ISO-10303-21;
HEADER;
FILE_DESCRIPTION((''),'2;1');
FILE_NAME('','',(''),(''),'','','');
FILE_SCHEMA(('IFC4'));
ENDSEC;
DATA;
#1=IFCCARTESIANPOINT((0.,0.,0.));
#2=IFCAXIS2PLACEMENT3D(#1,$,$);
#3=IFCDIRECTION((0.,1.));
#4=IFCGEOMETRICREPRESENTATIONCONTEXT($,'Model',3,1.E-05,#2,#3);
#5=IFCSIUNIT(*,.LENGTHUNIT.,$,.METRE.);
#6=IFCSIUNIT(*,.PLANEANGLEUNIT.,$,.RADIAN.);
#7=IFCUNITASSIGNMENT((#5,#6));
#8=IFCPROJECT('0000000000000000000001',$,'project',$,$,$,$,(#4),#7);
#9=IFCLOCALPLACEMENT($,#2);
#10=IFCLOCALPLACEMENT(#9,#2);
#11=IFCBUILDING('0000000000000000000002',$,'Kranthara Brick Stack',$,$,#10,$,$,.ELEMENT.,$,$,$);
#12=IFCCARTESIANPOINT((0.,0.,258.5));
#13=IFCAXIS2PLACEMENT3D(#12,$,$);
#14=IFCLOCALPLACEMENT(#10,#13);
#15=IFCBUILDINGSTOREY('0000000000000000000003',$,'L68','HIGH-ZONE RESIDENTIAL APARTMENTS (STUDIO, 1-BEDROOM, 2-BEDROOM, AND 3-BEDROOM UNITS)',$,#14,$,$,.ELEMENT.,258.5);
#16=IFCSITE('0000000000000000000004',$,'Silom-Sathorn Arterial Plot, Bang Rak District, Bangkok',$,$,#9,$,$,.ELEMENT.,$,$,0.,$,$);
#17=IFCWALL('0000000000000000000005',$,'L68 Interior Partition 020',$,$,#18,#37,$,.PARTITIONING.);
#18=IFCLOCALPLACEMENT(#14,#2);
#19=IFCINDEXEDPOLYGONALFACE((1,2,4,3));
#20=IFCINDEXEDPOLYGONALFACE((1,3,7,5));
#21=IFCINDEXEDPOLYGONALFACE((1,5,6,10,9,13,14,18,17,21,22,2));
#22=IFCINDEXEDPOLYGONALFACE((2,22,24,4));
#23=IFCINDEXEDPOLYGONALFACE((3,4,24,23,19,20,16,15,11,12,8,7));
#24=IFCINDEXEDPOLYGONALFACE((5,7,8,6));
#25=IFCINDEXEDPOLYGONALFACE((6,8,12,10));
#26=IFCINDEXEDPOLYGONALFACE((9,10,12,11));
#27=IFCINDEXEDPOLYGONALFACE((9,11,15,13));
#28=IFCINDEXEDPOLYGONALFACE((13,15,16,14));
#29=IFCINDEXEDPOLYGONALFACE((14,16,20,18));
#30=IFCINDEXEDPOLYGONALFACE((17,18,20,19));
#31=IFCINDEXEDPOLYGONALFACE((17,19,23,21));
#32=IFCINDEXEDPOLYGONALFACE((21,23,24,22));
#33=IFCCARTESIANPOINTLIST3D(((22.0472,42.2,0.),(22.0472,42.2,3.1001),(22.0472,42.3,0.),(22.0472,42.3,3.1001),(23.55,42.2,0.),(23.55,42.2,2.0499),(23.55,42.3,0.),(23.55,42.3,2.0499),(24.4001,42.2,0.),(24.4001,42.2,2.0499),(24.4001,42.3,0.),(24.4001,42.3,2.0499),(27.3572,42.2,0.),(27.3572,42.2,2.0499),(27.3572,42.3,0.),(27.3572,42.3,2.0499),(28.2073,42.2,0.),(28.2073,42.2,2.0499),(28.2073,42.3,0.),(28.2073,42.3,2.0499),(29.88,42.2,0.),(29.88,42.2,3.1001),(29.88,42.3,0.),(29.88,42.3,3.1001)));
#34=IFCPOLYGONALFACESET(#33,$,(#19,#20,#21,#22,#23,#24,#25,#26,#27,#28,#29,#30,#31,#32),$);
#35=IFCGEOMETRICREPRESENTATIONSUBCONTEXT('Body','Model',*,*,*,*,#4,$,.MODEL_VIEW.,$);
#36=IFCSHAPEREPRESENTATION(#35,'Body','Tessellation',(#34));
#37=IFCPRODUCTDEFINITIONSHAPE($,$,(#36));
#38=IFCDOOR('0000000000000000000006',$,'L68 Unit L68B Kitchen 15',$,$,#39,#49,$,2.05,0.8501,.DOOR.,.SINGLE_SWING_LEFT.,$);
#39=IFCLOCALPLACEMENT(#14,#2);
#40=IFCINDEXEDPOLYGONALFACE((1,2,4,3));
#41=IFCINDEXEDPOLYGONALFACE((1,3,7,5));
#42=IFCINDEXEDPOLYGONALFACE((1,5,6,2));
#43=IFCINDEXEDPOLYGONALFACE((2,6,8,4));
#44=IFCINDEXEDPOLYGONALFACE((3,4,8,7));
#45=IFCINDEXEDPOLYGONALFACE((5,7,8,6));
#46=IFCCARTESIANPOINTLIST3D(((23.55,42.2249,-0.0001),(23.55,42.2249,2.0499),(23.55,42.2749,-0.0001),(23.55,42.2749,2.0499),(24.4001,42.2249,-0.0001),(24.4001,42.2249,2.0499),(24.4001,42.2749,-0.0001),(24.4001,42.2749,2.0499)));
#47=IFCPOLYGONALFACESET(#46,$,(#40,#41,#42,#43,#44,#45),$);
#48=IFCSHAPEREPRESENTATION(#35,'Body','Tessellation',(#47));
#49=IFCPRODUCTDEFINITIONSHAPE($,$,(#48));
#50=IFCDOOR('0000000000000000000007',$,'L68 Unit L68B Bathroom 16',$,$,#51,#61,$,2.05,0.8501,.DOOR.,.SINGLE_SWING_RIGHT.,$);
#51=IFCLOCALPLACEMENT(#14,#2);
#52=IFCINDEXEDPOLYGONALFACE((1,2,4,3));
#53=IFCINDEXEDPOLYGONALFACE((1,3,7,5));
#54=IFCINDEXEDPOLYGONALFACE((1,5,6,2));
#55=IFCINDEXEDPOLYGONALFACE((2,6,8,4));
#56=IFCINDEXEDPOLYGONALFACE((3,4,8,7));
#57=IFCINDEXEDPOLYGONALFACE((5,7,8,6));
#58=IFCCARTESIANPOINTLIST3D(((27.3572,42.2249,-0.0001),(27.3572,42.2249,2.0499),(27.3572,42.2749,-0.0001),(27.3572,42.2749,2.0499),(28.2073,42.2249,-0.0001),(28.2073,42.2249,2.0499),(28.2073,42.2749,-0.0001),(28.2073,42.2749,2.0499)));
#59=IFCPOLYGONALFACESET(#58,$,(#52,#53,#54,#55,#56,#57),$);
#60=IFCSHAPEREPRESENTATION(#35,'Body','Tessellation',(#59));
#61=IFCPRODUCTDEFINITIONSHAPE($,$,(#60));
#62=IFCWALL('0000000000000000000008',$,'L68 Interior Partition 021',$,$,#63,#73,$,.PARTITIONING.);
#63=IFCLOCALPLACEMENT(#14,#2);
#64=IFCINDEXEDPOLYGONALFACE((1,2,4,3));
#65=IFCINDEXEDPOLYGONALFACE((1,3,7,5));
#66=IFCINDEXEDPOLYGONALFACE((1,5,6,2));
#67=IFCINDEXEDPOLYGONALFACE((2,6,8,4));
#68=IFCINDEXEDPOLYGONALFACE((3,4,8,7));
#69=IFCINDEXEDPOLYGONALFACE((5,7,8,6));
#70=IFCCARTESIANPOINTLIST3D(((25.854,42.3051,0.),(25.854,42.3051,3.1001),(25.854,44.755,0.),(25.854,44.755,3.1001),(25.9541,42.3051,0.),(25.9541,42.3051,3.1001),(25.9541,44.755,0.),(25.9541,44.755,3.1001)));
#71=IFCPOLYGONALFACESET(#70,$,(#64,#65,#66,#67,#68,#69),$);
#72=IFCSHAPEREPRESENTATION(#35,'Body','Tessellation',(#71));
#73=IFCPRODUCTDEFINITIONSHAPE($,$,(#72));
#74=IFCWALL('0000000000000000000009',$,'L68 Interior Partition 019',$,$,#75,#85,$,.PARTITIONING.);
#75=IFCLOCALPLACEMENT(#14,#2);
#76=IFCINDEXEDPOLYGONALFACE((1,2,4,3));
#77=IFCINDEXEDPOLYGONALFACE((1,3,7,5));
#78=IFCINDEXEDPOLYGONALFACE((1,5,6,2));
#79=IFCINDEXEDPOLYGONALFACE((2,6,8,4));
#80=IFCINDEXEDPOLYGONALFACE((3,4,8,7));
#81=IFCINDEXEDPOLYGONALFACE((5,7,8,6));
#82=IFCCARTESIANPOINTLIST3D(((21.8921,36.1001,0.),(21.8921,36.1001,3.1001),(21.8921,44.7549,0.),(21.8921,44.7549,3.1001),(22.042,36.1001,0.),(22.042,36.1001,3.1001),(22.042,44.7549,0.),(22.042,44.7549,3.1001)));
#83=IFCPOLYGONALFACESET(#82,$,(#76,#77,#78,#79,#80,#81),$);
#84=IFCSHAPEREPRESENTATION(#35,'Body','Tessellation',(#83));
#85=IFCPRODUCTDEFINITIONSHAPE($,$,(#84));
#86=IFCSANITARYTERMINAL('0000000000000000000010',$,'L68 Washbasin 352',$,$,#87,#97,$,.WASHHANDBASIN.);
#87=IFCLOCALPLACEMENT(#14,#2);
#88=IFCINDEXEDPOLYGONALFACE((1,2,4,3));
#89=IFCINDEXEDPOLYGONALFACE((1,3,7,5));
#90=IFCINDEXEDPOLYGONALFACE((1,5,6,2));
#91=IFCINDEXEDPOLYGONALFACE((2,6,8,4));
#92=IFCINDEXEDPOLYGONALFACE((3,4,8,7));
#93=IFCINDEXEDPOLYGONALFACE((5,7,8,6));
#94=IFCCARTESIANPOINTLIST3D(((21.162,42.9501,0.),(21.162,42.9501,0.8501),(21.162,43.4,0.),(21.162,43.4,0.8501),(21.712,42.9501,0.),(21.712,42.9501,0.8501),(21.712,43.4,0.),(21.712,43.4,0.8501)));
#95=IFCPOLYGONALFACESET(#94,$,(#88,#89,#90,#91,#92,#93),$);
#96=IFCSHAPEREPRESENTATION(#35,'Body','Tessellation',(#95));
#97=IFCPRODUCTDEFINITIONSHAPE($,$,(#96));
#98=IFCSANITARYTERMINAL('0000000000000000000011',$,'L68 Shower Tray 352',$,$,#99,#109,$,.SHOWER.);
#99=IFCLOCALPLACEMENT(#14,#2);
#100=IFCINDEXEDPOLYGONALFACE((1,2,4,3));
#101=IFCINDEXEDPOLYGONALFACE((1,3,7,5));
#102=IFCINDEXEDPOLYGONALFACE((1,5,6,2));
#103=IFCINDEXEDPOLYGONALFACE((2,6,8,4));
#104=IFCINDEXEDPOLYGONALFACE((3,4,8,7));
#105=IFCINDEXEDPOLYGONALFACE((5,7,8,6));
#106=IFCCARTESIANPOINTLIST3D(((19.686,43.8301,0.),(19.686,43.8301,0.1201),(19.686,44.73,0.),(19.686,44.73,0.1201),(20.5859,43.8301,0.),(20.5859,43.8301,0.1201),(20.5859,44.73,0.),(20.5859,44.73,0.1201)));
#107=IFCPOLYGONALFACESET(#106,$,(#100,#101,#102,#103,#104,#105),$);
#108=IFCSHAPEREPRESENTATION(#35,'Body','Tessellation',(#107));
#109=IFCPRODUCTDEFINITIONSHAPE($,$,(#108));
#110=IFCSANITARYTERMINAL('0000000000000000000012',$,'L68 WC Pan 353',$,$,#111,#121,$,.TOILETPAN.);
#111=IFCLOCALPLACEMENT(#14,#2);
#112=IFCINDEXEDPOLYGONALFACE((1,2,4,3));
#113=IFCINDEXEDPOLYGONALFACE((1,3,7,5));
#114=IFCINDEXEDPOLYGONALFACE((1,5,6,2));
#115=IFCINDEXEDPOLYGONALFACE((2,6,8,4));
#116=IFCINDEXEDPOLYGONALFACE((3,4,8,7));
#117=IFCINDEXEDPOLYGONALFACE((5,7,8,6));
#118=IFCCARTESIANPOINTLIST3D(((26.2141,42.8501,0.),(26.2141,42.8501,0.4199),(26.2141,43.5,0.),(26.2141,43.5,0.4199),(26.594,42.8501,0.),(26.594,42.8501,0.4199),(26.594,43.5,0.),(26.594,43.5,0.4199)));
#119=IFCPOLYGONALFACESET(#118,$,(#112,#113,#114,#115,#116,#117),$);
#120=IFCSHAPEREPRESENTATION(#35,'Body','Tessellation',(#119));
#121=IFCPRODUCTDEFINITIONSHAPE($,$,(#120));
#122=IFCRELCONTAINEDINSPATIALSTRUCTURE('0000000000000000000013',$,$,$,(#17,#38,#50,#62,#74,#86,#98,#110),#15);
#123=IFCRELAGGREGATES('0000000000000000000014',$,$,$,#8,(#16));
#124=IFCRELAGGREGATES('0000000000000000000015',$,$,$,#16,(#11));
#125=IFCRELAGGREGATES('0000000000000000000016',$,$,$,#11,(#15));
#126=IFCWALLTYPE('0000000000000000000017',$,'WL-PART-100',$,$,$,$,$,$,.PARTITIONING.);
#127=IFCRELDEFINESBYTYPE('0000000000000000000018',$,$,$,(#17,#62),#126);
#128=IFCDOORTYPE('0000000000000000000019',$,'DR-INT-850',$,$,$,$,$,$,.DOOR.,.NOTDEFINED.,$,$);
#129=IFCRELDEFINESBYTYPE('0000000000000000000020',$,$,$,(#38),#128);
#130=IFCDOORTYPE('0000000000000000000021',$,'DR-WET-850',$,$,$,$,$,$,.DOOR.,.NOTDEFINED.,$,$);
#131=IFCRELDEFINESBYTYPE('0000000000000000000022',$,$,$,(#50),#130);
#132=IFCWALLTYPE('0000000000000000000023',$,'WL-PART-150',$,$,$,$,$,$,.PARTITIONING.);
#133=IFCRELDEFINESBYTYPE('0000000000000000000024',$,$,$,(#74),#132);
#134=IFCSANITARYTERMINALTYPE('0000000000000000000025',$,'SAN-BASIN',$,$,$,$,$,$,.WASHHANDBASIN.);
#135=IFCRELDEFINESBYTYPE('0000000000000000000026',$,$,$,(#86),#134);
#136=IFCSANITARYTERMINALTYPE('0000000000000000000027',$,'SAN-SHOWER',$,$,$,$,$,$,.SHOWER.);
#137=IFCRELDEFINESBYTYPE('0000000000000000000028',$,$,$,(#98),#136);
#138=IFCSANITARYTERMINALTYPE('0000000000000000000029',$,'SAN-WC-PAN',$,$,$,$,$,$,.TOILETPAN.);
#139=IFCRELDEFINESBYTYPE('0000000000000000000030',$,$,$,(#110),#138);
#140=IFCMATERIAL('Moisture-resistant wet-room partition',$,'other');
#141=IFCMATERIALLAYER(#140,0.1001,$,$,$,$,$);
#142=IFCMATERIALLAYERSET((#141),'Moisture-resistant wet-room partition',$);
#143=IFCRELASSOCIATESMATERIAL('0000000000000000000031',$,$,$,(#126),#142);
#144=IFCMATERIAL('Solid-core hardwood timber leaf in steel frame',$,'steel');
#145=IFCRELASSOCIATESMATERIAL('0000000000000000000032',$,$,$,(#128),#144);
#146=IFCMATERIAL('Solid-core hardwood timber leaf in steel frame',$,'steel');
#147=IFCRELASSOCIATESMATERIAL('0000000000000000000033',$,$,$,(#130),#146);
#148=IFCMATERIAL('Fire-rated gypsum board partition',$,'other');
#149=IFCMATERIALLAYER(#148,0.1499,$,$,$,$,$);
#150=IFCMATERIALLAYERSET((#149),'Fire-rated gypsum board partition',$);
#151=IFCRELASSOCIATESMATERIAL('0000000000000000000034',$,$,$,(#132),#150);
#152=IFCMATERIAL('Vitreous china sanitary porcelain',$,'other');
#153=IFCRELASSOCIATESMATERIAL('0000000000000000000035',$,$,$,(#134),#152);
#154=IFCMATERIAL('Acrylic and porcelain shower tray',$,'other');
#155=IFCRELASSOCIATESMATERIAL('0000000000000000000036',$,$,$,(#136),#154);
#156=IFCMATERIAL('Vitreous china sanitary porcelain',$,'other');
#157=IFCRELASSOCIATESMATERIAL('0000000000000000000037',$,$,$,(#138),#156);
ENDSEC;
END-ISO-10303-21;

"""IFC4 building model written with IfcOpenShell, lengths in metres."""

from ifc_helpers import new_model, si_unit, direction, frame, frame_2d, origin, origin_2d, place, context, subcontext, project, spatial, rectangle, extrude, material, layer, layer_set, type_object, element, fill, save


model = new_model("IFC4")

# Units and contexts
model_context = context("Model", 3, precision=1e-05, world=origin(), true_north=direction((0.0, 1.0)))
body_context = subcontext(model_context, "Body", "Model", "MODEL_VIEW")
ifc_project = project(units=[si_unit("LENGTHUNIT", "METRE"), si_unit("PLANEANGLEUNIT", "RADIAN")], contexts=[model_context])

# Site, building, storey
site_placement = place(None, origin())
site = spatial("IfcSite", under=ifc_project, at=site_placement, Name="Silom-Sathorn Arterial Plot, Bang Rak District, Bangkok", CompositionType="ELEMENT", RefElevation=0.0)
building_placement = place(site_placement, origin())
building = spatial("IfcBuilding", under=site, at=building_placement, Name="Kranthara Brick Stack", CompositionType="ELEMENT")
storey_placement = place(building_placement, frame((0.0, 0.0, 258.5)))
storey = spatial("IfcBuildingStorey", under=building, at=storey_placement, Name="L68", Description="HIGH-ZONE RESIDENTIAL APARTMENTS (STUDIO, 1-BEDROOM, 2-BEDROOM, AND 3-BEDROOM UNITS)", CompositionType="ELEMENT", Elevation=258.5)

# Wall, openings, doors
ifc_material_1 = material(Name="Moisture-resistant wet-room partition", Category="other")
ifc_layer_1 = layer(ifc_material_1, 0.1001)
ifc_layer_set_1 = layer_set([ifc_layer_1], Name="Moisture-resistant wet-room partition")
wall_type_1 = type_object("IfcWallType", Name="WL-PART-100", PredefinedType="PARTITIONING", material=ifc_layer_set_1)
wall_1_placement = place(storey_placement, frame((22.0471, 42.25, 0.0), z_axis=(0.0, 0.0, 1.0), x_axis=(1.0, 0.0, 0.0)))
wall_1 = element("IfcWall", 1, at=wall_1_placement, inside=storey, type_object=wall_type_1, Name="L68 Interior Partition 020", PredefinedType="PARTITIONING", context=body_context, shape_type="SweptSolid", body=[
    extrude(rectangle(XDim=7.8328, YDim=0.1001, at=frame_2d((3.9165, 0.0))), origin(), (0.0, 0.0, 1.0), 3.1001),
])
opening_1_placement = place(wall_1_placement, frame((1.5029, 0.0, 0.0)))
opening_1 = element("IfcOpeningElement", 2, at=opening_1_placement, cuts=wall_1, PredefinedType="OPENING", context=body_context, shape_type="SweptSolid", body=[
    extrude(rectangle(XDim=0.8501, YDim=2.05, at=frame_2d((0.425, 1.0249))), frame((0.0, 0.0601, 0.0), z_axis=(0.0, -1.0, 0.0), x_axis=(1.0, 0.0, 0.0)), (0.0, 0.0, 1.0), 0.1201),
])
opening_2_placement = place(wall_1_placement, frame((5.3101, 0.0, 0.0)))
opening_2 = element("IfcOpeningElement", 3, at=opening_2_placement, cuts=wall_1, PredefinedType="OPENING", context=body_context, shape_type="SweptSolid", body=[
    extrude(rectangle(XDim=0.8501, YDim=2.05, at=frame_2d((0.425, 1.0249))), frame((0.0, 0.0601, 0.0), z_axis=(0.0, -1.0, 0.0), x_axis=(1.0, 0.0, 0.0)), (0.0, 0.0, 1.0), 0.1201),
])
ifc_material_2 = material(Name="Solid-core hardwood timber leaf in steel frame", Category="steel")
door_type_1 = type_object("IfcDoorType", Name="DR-INT-850", OperationType="NOTDEFINED", PredefinedType="DOOR", material=ifc_material_2)
door_1_placement = place(opening_1_placement, origin())
door_1 = element("IfcDoor", 4, at=door_1_placement, inside=storey, type_object=door_type_1, Name="L68 Unit L68B Kitchen 15", OperationType="SINGLE_SWING_LEFT", OverallHeight=2.05, OverallWidth=0.8501, PredefinedType="DOOR", context=body_context, shape_type="SweptSolid", body=[
    extrude(rectangle(XDim=0.8501, YDim=2.05, at=frame_2d((0.425, 1.0249))), frame((0.0, 0.0249, 0.0), z_axis=(0.0, -1.0, 0.0), x_axis=(1.0, 0.0, 0.0)), (0.0, 0.0, 1.0), 0.05),
])
fill(opening_1, door_1)
ifc_material_3 = material(Name="Solid-core hardwood timber leaf in steel frame", Category="steel")
door_type_2 = type_object("IfcDoorType", Name="DR-WET-850", OperationType="NOTDEFINED", PredefinedType="DOOR", material=ifc_material_3)
door_2_placement = place(opening_2_placement, origin())
door_2 = element("IfcDoor", 5, at=door_2_placement, inside=storey, type_object=door_type_2, Name="L68 Unit L68B Bathroom 16", OperationType="SINGLE_SWING_RIGHT", OverallHeight=2.05, OverallWidth=0.8501, PredefinedType="DOOR", context=body_context, shape_type="SweptSolid", body=[
    extrude(rectangle(XDim=0.8501, YDim=2.05, at=frame_2d((0.425, 1.0249))), frame((0.0, 0.0249, 0.0), z_axis=(0.0, -1.0, 0.0), x_axis=(1.0, 0.0, 0.0)), (0.0, 0.0, 1.0), 0.05),
])
fill(opening_2, door_2)

# Walls
wall_2_placement = place(storey_placement, frame((25.9041, 42.3049, 0.0), z_axis=(0.0, 0.0, 1.0), x_axis=(0.0, 1.0, 0.0)))
element("IfcWall", 6, at=wall_2_placement, inside=storey, type_object=wall_type_1, Name="L68 Interior Partition 021", PredefinedType="PARTITIONING", context=body_context, shape_type="SweptSolid", body=[
    extrude(rectangle(XDim=2.45, YDim=0.1001, at=frame_2d((1.2251, 0.0))), origin(), (0.0, 0.0, 1.0), 3.1001),
])
ifc_material_4 = material(Name="Fire-rated gypsum board partition", Category="other")
ifc_layer_2 = layer(ifc_material_4, 0.1499)
ifc_layer_set_2 = layer_set([ifc_layer_2], Name="Fire-rated gypsum board partition")
wall_type_2 = type_object("IfcWallType", Name="WL-PART-150", PredefinedType="PARTITIONING", material=ifc_layer_set_2)
wall_3_placement = place(storey_placement, frame((21.967, 36.1001, 0.0), z_axis=(0.0, 0.0, 1.0), x_axis=(0.0, 1.0, 0.0)))
element("IfcWall", 7, at=wall_3_placement, inside=storey, type_object=wall_type_2, Name="L68 Interior Partition 019", PredefinedType="PARTITIONING", context=body_context, shape_type="SweptSolid", body=[
    extrude(rectangle(XDim=8.6548, YDim=0.1499, at=frame_2d((4.3274, 0.0))), origin(), (0.0, 0.0, 1.0), 3.1001),
])

# Sanitary terminals
ifc_material_5 = material(Name="Vitreous china sanitary porcelain", Category="other")
sanitary_terminal_type_1 = type_object("IfcSanitaryTerminalType", Name="SAN-BASIN", PredefinedType="WASHHANDBASIN", material=ifc_material_5)
sanitary_terminal_1_placement = place(storey_placement, frame((21.437, 43.175, 0.0), z_axis=(0.0, 0.0, 1.0), x_axis=(1.0, 0.0, 0.0)))
element("IfcSanitaryTerminal", 8, at=sanitary_terminal_1_placement, inside=storey, type_object=sanitary_terminal_type_1, Name="L68 Washbasin 352", PredefinedType="WASHHANDBASIN", context=body_context, shape_type="SweptSolid", body=[
    extrude(rectangle(XDim=0.55, YDim=0.45, at=origin_2d()), origin(), (0.0, 0.0, 1.0), 0.8501),
])
ifc_material_6 = material(Name="Acrylic and porcelain shower tray", Category="other")
sanitary_terminal_type_2 = type_object("IfcSanitaryTerminalType", Name="SAN-SHOWER", PredefinedType="SHOWER", material=ifc_material_6)
sanitary_terminal_2_placement = place(storey_placement, frame((20.136, 44.28, 0.0), z_axis=(0.0, 0.0, 1.0), x_axis=(1.0, 0.0, 0.0)))
element("IfcSanitaryTerminal", 9, at=sanitary_terminal_2_placement, inside=storey, type_object=sanitary_terminal_type_2, Name="L68 Shower Tray 352", PredefinedType="SHOWER", context=body_context, shape_type="SweptSolid", body=[
    extrude(rectangle(XDim=0.8999, YDim=0.8999, at=origin_2d()), origin(), (0.0, 0.0, 1.0), 0.1201),
])
ifc_material_7 = material(Name="Vitreous china sanitary porcelain", Category="other")
sanitary_terminal_type_3 = type_object("IfcSanitaryTerminalType", Name="SAN-WC-PAN", PredefinedType="TOILETPAN", material=ifc_material_7)
sanitary_terminal_3_placement = place(storey_placement, frame((26.4041, 43.175, 0.0), z_axis=(0.0, 0.0, 1.0), x_axis=(1.0, 0.0, 0.0)))
element("IfcSanitaryTerminal", 10, at=sanitary_terminal_3_placement, inside=storey, type_object=sanitary_terminal_type_3, Name="L68 WC Pan 353", PredefinedType="TOILETPAN", context=body_context, shape_type="SweptSolid", body=[
    extrude(rectangle(XDim=0.3799, YDim=0.6499, at=origin_2d()), origin(), (0.0, 0.0, 1.0), 0.4199),
])

save(model, "model.ifc")
